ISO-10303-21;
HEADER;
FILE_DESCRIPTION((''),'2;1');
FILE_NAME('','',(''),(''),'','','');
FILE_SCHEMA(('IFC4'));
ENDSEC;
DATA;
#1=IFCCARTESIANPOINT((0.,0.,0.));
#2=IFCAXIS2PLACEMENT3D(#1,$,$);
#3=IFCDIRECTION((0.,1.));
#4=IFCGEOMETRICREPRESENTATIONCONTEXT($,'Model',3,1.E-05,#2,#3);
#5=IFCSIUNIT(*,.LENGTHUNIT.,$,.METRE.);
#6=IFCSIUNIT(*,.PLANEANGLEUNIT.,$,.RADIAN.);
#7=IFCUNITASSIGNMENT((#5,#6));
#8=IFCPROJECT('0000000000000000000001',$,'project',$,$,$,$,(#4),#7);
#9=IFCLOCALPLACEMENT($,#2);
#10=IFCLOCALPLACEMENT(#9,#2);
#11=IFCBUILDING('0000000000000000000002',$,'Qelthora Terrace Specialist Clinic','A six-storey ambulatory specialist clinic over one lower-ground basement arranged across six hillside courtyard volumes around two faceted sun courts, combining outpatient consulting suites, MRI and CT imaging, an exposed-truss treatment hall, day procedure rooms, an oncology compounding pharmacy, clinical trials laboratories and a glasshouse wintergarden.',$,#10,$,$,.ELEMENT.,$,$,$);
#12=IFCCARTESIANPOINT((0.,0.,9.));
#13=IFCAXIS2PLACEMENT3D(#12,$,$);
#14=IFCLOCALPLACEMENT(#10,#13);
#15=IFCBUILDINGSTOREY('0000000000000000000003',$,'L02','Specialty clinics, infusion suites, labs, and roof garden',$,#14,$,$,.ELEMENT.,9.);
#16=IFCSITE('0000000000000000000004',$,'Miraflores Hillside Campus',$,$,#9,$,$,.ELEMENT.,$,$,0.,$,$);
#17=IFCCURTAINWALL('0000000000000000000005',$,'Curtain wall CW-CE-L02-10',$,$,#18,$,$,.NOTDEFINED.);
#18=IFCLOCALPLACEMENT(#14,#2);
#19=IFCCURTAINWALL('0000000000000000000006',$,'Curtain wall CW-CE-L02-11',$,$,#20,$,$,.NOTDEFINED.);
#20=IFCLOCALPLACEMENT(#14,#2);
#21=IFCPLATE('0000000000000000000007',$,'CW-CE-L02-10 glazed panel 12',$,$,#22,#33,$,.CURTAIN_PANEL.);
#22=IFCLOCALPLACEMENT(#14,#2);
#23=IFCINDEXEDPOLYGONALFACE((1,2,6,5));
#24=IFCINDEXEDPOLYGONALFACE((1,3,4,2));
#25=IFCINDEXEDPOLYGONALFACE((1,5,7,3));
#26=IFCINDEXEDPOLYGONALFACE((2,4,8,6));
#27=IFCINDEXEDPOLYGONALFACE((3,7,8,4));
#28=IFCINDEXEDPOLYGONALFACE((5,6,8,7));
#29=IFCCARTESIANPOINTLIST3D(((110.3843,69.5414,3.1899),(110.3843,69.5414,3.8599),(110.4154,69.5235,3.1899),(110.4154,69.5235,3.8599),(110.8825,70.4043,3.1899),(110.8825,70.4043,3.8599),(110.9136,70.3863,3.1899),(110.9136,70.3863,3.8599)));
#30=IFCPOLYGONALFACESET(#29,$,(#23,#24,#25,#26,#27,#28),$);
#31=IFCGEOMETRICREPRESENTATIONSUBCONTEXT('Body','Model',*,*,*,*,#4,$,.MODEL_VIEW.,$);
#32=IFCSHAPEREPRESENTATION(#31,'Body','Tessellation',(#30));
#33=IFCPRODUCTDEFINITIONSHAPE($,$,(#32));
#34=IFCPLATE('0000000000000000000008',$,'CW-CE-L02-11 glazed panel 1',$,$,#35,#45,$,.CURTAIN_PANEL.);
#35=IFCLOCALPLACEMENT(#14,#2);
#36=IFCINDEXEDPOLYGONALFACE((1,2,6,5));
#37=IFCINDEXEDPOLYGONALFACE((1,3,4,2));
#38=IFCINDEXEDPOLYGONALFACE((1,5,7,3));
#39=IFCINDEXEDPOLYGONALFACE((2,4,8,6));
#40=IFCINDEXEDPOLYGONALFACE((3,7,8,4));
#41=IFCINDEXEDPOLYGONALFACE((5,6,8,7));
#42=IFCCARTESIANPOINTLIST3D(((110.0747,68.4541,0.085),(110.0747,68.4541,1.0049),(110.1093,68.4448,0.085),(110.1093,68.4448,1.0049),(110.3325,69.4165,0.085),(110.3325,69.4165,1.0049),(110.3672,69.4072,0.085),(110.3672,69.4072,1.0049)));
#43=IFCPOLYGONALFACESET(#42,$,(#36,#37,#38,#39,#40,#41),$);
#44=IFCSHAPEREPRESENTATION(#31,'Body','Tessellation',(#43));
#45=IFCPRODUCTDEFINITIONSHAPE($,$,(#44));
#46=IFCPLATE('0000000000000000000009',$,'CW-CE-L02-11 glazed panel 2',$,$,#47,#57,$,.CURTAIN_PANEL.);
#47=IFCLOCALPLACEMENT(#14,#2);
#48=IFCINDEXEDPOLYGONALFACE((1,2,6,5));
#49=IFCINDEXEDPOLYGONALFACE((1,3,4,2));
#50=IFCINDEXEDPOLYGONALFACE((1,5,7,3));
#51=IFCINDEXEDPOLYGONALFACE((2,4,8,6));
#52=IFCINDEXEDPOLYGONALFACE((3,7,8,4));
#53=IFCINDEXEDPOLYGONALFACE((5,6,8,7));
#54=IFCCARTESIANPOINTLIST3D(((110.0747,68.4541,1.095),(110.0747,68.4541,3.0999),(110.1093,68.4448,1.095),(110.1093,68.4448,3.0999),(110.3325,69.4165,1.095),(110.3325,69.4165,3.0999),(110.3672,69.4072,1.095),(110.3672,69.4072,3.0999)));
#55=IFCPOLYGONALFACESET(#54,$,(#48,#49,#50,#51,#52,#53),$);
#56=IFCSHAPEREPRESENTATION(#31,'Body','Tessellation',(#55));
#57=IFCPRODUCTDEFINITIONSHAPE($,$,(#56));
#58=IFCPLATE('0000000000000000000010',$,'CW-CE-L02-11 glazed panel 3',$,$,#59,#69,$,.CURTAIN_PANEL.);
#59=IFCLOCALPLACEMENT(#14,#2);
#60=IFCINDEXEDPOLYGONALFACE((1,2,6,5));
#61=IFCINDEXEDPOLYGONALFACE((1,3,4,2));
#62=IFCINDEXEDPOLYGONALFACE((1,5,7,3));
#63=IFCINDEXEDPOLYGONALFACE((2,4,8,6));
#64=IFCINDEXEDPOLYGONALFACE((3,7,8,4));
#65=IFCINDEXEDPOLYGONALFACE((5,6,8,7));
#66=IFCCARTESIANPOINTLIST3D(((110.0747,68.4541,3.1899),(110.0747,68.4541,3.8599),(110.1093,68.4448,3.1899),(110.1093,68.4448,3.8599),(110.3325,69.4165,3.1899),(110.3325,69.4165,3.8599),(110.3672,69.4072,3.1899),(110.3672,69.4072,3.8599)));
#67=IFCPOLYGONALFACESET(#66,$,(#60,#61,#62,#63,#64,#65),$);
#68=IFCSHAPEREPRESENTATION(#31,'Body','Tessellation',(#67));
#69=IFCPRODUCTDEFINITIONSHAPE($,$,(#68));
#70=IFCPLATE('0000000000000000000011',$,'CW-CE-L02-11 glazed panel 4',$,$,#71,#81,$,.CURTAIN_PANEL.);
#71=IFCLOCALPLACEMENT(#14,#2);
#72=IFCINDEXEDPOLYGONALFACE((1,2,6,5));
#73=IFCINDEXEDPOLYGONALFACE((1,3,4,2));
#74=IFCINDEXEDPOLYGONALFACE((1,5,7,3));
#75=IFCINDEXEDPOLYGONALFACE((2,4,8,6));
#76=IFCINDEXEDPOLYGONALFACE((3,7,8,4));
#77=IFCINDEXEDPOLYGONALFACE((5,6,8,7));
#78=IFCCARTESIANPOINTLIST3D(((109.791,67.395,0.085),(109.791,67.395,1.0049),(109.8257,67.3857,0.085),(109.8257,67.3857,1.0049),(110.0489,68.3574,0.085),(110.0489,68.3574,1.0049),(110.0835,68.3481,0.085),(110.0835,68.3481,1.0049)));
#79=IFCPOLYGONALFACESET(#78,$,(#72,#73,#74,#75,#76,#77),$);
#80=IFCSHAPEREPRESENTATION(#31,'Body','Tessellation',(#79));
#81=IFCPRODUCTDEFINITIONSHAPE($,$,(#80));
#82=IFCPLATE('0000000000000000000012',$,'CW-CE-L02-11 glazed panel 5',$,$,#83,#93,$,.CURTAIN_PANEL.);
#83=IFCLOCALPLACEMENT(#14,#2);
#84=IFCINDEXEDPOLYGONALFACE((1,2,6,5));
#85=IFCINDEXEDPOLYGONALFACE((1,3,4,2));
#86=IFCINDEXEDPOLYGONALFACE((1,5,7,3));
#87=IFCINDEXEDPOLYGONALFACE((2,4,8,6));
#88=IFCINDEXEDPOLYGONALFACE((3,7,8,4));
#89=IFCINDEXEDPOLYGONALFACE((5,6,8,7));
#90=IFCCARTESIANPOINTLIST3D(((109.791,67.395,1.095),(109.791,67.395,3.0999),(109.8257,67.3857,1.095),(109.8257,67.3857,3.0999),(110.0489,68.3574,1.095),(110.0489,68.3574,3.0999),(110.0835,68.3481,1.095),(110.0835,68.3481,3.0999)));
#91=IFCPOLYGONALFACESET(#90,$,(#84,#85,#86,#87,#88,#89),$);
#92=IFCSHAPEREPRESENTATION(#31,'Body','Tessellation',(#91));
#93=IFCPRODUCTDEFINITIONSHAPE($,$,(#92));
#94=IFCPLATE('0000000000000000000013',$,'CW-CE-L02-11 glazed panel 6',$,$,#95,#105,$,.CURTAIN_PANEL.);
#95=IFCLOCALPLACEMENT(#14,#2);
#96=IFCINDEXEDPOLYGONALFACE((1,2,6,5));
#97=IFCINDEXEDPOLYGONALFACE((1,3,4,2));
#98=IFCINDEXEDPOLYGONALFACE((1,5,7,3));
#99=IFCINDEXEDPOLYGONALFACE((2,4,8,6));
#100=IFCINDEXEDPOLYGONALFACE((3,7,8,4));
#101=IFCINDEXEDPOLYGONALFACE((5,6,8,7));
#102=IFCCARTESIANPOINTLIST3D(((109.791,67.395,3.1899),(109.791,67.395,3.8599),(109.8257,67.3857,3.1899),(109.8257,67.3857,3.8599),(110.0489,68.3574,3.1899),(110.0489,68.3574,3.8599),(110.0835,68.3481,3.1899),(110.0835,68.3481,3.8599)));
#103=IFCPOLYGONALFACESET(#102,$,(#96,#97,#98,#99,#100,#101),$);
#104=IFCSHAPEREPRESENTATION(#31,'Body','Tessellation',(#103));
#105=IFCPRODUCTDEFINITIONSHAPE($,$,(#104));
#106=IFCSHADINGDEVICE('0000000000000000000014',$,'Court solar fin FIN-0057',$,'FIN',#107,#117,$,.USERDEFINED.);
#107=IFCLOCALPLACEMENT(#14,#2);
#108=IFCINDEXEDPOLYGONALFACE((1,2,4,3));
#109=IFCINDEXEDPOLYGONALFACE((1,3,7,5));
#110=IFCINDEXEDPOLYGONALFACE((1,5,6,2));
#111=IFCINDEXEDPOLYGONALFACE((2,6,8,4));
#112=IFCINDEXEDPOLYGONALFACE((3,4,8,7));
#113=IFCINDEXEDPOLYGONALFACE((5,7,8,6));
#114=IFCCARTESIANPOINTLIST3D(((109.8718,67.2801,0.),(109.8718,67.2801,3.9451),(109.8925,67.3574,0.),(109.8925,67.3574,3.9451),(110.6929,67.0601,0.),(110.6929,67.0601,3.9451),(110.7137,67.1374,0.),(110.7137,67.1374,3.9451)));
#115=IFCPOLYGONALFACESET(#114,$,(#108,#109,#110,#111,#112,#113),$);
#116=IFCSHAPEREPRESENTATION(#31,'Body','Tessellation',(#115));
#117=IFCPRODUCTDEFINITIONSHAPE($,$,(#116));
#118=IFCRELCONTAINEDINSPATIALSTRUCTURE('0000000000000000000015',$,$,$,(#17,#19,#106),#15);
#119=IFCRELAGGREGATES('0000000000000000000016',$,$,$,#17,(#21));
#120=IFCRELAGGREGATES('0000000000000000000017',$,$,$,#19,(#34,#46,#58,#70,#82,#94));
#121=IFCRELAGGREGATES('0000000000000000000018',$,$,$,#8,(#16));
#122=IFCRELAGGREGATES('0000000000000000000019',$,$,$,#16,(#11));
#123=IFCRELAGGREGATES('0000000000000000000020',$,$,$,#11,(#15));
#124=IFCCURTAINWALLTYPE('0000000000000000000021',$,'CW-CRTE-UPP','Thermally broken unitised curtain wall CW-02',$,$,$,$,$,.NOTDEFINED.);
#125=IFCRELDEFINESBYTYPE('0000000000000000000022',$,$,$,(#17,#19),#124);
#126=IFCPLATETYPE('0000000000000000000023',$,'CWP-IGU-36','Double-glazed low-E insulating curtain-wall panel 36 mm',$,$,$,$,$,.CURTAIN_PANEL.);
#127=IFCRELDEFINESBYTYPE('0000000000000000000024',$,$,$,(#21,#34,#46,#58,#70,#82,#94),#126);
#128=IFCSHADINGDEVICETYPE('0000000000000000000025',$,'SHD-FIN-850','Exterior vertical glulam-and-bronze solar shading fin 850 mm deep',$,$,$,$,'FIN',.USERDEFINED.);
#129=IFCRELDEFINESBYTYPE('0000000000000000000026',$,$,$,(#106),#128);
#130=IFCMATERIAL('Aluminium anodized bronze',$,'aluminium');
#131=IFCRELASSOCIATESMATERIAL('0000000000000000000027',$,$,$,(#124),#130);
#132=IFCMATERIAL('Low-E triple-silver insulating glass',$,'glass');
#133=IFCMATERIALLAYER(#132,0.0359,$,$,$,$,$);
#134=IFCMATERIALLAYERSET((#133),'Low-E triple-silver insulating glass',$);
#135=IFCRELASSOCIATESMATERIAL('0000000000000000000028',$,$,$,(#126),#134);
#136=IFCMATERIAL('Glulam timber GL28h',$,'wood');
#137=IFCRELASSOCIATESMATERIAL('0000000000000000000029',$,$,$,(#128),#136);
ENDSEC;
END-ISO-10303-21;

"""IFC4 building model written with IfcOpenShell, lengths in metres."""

from ifc_helpers import new_model, si_unit, direction, frame, origin, origin_2d, place, context, subcontext, project, spatial, rectangle, extrude, material, layer, layer_set, type_object, element, aggregate, save


model = new_model("IFC4")

# Units and contexts
model_context = context("Model", 3, precision=1e-05, world=origin(), true_north=direction((0.0, 1.0)))
body_context = subcontext(model_context, "Body", "Model", "MODEL_VIEW")
ifc_project = project(units=[si_unit("LENGTHUNIT", "METRE"), si_unit("PLANEANGLEUNIT", "RADIAN")], contexts=[model_context])

# Site, building, storey
site_placement = place(None, origin())
site = spatial("IfcSite", under=ifc_project, at=site_placement, Name="Miraflores Hillside Campus", CompositionType="ELEMENT", RefElevation=0.0)
building_placement = place(site_placement, origin())
building = spatial("IfcBuilding", under=site, at=building_placement, Name="Qelthora Terrace Specialist Clinic", Description="A six-storey ambulatory specialist clinic over one lower-ground basement arranged across six hillside courtyard volumes around two faceted sun courts, combining outpatient consulting suites, MRI and CT imaging, an exposed-truss treatment hall, day procedure rooms, an oncology compounding pharmacy, clinical trials laboratories and a glasshouse wintergarden.", CompositionType="ELEMENT")
storey_placement = place(building_placement, frame((0.0, 0.0, 9.0)))
storey = spatial("IfcBuildingStorey", under=building, at=storey_placement, Name="L02", Description="Specialty clinics, infusion suites, labs, and roof garden", CompositionType="ELEMENT", Elevation=9.0)

# Curtain walls
ifc_material_1 = material(Name="Aluminium anodized bronze", Category="aluminium")
curtain_wall_type = type_object("IfcCurtainWallType", Name="CW-CRTE-UPP", Description="Thermally broken unitised curtain wall CW-02", PredefinedType="NOTDEFINED", material=ifc_material_1)
curtain_wall_1_placement = place(storey_placement, origin())
curtain_wall_1 = element("IfcCurtainWall", 1, at=curtain_wall_1_placement, inside=storey, type_object=curtain_wall_type, Name="Curtain wall CW-CE-L02-10", PredefinedType="NOTDEFINED")
curtain_wall_2_placement = place(storey_placement, origin())
curtain_wall_2 = element("IfcCurtainWall", 2, at=curtain_wall_2_placement, inside=storey, type_object=curtain_wall_type, Name="Curtain wall CW-CE-L02-11", PredefinedType="NOTDEFINED")

# Plates
ifc_material_2 = material(Name="Low-E triple-silver insulating glass", Category="glass")
ifc_layer = layer(ifc_material_2, 0.0359)
ifc_layer_set = layer_set([ifc_layer], Name="Low-E triple-silver insulating glass")
plate_type = type_object("IfcPlateType", Name="CWP-IGU-36", Description="Double-glazed low-E insulating curtain-wall panel 36 mm", PredefinedType="CURTAIN_PANEL", material=ifc_layer_set)
plate_1_placement = place(storey_placement, frame((110.6489, 69.9639, 3.1899), z_axis=(0.0, 0.0, 1.0), x_axis=(-0.5, -0.866025, 0.0)))
plate_1 = element("IfcPlate", 3, at=plate_1_placement, type_object=plate_type, Name="CW-CE-L02-10 glazed panel 12", PredefinedType="CURTAIN_PANEL", context=body_context, shape_type="SweptSolid", body=[
    extrude(rectangle(XDim=0.9963, YDim=0.0359, at=origin_2d()), origin(), (0.0, 0.0, 1.0), 0.6699),
])
aggregate(curtain_wall_1, [plate_1])
plate_2_placement = place(storey_placement, frame((110.2209, 68.9307, 0.085), z_axis=(0.0, 0.0, 1.0), x_axis=(-0.258819, -0.965926, 0.0)))
plate_2 = element("IfcPlate", 4, at=plate_2_placement, type_object=plate_type, Name="CW-CE-L02-11 glazed panel 1", PredefinedType="CURTAIN_PANEL", context=body_context, shape_type="SweptSolid", body=[
    extrude(rectangle(XDim=0.9963, YDim=0.0359, at=origin_2d()), origin(), (0.0, 0.0, 1.0), 0.9199),
])
plate_3_placement = place(storey_placement, frame((110.2209, 68.9307, 1.095), z_axis=(0.0, 0.0, 1.0), x_axis=(-0.258819, -0.965926, 0.0)))
plate_3 = element("IfcPlate", 5, at=plate_3_placement, type_object=plate_type, Name="CW-CE-L02-11 glazed panel 2", PredefinedType="CURTAIN_PANEL", context=body_context, shape_type="SweptSolid", body=[
    extrude(rectangle(XDim=0.9963, YDim=0.0359, at=origin_2d()), origin(), (0.0, 0.0, 1.0), 2.0049),
])
plate_4_placement = place(storey_placement, frame((110.2209, 68.9307, 3.1899), z_axis=(0.0, 0.0, 1.0), x_axis=(-0.258819, -0.965926, 0.0)))
plate_4 = element("IfcPlate", 6, at=plate_4_placement, type_object=plate_type, Name="CW-CE-L02-11 glazed panel 3", PredefinedType="CURTAIN_PANEL", context=body_context, shape_type="SweptSolid", body=[
    extrude(rectangle(XDim=0.9963, YDim=0.0359, at=origin_2d()), origin(), (0.0, 0.0, 1.0), 0.6699),
])
plate_5_placement = place(storey_placement, frame((109.9373, 67.8716, 0.085), z_axis=(0.0, 0.0, 1.0), x_axis=(-0.258819, -0.965926, 0.0)))
plate_5 = element("IfcPlate", 7, at=plate_5_placement, type_object=plate_type, Name="CW-CE-L02-11 glazed panel 4", PredefinedType="CURTAIN_PANEL", context=body_context, shape_type="SweptSolid", body=[
    extrude(rectangle(XDim=0.9963, YDim=0.0359, at=origin_2d()), origin(), (0.0, 0.0, 1.0), 0.9199),
])
plate_6_placement = place(storey_placement, frame((109.9373, 67.8716, 1.095), z_axis=(0.0, 0.0, 1.0), x_axis=(-0.258819, -0.965926, 0.0)))
plate_6 = element("IfcPlate", 8, at=plate_6_placement, type_object=plate_type, Name="CW-CE-L02-11 glazed panel 5", PredefinedType="CURTAIN_PANEL", context=body_context, shape_type="SweptSolid", body=[
    extrude(rectangle(XDim=0.9963, YDim=0.0359, at=origin_2d()), origin(), (0.0, 0.0, 1.0), 2.0049),
])
plate_7_placement = place(storey_placement, frame((109.9373, 67.8716, 3.1899), z_axis=(0.0, 0.0, 1.0), x_axis=(-0.258819, -0.965926, 0.0)))
plate_7 = element("IfcPlate", 9, at=plate_7_placement, type_object=plate_type, Name="CW-CE-L02-11 glazed panel 6", PredefinedType="CURTAIN_PANEL", context=body_context, shape_type="SweptSolid", body=[
    extrude(rectangle(XDim=0.9963, YDim=0.0359, at=origin_2d()), origin(), (0.0, 0.0, 1.0), 0.6699),
])
aggregate(curtain_wall_2, [plate_2, plate_3, plate_4, plate_5, plate_6, plate_7])

# Shading device
ifc_material_3 = material(Name="Glulam timber GL28h", Category="wood")
shading_device_type = type_object("IfcShadingDeviceType", Name="SHD-FIN-850", Description="Exterior vertical glulam-and-bronze solar shading fin 850 mm deep", ElementType="FIN", PredefinedType="USERDEFINED", material=ifc_material_3)
shading_device_placement = place(storey_placement, frame((110.2927, 67.2087, 0.0), z_axis=(0.0, 0.0, 1.0), x_axis=(0.965926, -0.258819, 0.0)))
element("IfcShadingDevice", 10, at=shading_device_placement, inside=storey, type_object=shading_device_type, Name="Court solar fin FIN-0057", ObjectType="FIN", PredefinedType="USERDEFINED", context=body_context, shape_type="SweptSolid", body=[
    extrude(rectangle(XDim=0.8501, YDim=0.0801, at=origin_2d()), origin(), (0.0, 0.0, 1.0), 3.9451),
])

save(model, "model.ifc")
